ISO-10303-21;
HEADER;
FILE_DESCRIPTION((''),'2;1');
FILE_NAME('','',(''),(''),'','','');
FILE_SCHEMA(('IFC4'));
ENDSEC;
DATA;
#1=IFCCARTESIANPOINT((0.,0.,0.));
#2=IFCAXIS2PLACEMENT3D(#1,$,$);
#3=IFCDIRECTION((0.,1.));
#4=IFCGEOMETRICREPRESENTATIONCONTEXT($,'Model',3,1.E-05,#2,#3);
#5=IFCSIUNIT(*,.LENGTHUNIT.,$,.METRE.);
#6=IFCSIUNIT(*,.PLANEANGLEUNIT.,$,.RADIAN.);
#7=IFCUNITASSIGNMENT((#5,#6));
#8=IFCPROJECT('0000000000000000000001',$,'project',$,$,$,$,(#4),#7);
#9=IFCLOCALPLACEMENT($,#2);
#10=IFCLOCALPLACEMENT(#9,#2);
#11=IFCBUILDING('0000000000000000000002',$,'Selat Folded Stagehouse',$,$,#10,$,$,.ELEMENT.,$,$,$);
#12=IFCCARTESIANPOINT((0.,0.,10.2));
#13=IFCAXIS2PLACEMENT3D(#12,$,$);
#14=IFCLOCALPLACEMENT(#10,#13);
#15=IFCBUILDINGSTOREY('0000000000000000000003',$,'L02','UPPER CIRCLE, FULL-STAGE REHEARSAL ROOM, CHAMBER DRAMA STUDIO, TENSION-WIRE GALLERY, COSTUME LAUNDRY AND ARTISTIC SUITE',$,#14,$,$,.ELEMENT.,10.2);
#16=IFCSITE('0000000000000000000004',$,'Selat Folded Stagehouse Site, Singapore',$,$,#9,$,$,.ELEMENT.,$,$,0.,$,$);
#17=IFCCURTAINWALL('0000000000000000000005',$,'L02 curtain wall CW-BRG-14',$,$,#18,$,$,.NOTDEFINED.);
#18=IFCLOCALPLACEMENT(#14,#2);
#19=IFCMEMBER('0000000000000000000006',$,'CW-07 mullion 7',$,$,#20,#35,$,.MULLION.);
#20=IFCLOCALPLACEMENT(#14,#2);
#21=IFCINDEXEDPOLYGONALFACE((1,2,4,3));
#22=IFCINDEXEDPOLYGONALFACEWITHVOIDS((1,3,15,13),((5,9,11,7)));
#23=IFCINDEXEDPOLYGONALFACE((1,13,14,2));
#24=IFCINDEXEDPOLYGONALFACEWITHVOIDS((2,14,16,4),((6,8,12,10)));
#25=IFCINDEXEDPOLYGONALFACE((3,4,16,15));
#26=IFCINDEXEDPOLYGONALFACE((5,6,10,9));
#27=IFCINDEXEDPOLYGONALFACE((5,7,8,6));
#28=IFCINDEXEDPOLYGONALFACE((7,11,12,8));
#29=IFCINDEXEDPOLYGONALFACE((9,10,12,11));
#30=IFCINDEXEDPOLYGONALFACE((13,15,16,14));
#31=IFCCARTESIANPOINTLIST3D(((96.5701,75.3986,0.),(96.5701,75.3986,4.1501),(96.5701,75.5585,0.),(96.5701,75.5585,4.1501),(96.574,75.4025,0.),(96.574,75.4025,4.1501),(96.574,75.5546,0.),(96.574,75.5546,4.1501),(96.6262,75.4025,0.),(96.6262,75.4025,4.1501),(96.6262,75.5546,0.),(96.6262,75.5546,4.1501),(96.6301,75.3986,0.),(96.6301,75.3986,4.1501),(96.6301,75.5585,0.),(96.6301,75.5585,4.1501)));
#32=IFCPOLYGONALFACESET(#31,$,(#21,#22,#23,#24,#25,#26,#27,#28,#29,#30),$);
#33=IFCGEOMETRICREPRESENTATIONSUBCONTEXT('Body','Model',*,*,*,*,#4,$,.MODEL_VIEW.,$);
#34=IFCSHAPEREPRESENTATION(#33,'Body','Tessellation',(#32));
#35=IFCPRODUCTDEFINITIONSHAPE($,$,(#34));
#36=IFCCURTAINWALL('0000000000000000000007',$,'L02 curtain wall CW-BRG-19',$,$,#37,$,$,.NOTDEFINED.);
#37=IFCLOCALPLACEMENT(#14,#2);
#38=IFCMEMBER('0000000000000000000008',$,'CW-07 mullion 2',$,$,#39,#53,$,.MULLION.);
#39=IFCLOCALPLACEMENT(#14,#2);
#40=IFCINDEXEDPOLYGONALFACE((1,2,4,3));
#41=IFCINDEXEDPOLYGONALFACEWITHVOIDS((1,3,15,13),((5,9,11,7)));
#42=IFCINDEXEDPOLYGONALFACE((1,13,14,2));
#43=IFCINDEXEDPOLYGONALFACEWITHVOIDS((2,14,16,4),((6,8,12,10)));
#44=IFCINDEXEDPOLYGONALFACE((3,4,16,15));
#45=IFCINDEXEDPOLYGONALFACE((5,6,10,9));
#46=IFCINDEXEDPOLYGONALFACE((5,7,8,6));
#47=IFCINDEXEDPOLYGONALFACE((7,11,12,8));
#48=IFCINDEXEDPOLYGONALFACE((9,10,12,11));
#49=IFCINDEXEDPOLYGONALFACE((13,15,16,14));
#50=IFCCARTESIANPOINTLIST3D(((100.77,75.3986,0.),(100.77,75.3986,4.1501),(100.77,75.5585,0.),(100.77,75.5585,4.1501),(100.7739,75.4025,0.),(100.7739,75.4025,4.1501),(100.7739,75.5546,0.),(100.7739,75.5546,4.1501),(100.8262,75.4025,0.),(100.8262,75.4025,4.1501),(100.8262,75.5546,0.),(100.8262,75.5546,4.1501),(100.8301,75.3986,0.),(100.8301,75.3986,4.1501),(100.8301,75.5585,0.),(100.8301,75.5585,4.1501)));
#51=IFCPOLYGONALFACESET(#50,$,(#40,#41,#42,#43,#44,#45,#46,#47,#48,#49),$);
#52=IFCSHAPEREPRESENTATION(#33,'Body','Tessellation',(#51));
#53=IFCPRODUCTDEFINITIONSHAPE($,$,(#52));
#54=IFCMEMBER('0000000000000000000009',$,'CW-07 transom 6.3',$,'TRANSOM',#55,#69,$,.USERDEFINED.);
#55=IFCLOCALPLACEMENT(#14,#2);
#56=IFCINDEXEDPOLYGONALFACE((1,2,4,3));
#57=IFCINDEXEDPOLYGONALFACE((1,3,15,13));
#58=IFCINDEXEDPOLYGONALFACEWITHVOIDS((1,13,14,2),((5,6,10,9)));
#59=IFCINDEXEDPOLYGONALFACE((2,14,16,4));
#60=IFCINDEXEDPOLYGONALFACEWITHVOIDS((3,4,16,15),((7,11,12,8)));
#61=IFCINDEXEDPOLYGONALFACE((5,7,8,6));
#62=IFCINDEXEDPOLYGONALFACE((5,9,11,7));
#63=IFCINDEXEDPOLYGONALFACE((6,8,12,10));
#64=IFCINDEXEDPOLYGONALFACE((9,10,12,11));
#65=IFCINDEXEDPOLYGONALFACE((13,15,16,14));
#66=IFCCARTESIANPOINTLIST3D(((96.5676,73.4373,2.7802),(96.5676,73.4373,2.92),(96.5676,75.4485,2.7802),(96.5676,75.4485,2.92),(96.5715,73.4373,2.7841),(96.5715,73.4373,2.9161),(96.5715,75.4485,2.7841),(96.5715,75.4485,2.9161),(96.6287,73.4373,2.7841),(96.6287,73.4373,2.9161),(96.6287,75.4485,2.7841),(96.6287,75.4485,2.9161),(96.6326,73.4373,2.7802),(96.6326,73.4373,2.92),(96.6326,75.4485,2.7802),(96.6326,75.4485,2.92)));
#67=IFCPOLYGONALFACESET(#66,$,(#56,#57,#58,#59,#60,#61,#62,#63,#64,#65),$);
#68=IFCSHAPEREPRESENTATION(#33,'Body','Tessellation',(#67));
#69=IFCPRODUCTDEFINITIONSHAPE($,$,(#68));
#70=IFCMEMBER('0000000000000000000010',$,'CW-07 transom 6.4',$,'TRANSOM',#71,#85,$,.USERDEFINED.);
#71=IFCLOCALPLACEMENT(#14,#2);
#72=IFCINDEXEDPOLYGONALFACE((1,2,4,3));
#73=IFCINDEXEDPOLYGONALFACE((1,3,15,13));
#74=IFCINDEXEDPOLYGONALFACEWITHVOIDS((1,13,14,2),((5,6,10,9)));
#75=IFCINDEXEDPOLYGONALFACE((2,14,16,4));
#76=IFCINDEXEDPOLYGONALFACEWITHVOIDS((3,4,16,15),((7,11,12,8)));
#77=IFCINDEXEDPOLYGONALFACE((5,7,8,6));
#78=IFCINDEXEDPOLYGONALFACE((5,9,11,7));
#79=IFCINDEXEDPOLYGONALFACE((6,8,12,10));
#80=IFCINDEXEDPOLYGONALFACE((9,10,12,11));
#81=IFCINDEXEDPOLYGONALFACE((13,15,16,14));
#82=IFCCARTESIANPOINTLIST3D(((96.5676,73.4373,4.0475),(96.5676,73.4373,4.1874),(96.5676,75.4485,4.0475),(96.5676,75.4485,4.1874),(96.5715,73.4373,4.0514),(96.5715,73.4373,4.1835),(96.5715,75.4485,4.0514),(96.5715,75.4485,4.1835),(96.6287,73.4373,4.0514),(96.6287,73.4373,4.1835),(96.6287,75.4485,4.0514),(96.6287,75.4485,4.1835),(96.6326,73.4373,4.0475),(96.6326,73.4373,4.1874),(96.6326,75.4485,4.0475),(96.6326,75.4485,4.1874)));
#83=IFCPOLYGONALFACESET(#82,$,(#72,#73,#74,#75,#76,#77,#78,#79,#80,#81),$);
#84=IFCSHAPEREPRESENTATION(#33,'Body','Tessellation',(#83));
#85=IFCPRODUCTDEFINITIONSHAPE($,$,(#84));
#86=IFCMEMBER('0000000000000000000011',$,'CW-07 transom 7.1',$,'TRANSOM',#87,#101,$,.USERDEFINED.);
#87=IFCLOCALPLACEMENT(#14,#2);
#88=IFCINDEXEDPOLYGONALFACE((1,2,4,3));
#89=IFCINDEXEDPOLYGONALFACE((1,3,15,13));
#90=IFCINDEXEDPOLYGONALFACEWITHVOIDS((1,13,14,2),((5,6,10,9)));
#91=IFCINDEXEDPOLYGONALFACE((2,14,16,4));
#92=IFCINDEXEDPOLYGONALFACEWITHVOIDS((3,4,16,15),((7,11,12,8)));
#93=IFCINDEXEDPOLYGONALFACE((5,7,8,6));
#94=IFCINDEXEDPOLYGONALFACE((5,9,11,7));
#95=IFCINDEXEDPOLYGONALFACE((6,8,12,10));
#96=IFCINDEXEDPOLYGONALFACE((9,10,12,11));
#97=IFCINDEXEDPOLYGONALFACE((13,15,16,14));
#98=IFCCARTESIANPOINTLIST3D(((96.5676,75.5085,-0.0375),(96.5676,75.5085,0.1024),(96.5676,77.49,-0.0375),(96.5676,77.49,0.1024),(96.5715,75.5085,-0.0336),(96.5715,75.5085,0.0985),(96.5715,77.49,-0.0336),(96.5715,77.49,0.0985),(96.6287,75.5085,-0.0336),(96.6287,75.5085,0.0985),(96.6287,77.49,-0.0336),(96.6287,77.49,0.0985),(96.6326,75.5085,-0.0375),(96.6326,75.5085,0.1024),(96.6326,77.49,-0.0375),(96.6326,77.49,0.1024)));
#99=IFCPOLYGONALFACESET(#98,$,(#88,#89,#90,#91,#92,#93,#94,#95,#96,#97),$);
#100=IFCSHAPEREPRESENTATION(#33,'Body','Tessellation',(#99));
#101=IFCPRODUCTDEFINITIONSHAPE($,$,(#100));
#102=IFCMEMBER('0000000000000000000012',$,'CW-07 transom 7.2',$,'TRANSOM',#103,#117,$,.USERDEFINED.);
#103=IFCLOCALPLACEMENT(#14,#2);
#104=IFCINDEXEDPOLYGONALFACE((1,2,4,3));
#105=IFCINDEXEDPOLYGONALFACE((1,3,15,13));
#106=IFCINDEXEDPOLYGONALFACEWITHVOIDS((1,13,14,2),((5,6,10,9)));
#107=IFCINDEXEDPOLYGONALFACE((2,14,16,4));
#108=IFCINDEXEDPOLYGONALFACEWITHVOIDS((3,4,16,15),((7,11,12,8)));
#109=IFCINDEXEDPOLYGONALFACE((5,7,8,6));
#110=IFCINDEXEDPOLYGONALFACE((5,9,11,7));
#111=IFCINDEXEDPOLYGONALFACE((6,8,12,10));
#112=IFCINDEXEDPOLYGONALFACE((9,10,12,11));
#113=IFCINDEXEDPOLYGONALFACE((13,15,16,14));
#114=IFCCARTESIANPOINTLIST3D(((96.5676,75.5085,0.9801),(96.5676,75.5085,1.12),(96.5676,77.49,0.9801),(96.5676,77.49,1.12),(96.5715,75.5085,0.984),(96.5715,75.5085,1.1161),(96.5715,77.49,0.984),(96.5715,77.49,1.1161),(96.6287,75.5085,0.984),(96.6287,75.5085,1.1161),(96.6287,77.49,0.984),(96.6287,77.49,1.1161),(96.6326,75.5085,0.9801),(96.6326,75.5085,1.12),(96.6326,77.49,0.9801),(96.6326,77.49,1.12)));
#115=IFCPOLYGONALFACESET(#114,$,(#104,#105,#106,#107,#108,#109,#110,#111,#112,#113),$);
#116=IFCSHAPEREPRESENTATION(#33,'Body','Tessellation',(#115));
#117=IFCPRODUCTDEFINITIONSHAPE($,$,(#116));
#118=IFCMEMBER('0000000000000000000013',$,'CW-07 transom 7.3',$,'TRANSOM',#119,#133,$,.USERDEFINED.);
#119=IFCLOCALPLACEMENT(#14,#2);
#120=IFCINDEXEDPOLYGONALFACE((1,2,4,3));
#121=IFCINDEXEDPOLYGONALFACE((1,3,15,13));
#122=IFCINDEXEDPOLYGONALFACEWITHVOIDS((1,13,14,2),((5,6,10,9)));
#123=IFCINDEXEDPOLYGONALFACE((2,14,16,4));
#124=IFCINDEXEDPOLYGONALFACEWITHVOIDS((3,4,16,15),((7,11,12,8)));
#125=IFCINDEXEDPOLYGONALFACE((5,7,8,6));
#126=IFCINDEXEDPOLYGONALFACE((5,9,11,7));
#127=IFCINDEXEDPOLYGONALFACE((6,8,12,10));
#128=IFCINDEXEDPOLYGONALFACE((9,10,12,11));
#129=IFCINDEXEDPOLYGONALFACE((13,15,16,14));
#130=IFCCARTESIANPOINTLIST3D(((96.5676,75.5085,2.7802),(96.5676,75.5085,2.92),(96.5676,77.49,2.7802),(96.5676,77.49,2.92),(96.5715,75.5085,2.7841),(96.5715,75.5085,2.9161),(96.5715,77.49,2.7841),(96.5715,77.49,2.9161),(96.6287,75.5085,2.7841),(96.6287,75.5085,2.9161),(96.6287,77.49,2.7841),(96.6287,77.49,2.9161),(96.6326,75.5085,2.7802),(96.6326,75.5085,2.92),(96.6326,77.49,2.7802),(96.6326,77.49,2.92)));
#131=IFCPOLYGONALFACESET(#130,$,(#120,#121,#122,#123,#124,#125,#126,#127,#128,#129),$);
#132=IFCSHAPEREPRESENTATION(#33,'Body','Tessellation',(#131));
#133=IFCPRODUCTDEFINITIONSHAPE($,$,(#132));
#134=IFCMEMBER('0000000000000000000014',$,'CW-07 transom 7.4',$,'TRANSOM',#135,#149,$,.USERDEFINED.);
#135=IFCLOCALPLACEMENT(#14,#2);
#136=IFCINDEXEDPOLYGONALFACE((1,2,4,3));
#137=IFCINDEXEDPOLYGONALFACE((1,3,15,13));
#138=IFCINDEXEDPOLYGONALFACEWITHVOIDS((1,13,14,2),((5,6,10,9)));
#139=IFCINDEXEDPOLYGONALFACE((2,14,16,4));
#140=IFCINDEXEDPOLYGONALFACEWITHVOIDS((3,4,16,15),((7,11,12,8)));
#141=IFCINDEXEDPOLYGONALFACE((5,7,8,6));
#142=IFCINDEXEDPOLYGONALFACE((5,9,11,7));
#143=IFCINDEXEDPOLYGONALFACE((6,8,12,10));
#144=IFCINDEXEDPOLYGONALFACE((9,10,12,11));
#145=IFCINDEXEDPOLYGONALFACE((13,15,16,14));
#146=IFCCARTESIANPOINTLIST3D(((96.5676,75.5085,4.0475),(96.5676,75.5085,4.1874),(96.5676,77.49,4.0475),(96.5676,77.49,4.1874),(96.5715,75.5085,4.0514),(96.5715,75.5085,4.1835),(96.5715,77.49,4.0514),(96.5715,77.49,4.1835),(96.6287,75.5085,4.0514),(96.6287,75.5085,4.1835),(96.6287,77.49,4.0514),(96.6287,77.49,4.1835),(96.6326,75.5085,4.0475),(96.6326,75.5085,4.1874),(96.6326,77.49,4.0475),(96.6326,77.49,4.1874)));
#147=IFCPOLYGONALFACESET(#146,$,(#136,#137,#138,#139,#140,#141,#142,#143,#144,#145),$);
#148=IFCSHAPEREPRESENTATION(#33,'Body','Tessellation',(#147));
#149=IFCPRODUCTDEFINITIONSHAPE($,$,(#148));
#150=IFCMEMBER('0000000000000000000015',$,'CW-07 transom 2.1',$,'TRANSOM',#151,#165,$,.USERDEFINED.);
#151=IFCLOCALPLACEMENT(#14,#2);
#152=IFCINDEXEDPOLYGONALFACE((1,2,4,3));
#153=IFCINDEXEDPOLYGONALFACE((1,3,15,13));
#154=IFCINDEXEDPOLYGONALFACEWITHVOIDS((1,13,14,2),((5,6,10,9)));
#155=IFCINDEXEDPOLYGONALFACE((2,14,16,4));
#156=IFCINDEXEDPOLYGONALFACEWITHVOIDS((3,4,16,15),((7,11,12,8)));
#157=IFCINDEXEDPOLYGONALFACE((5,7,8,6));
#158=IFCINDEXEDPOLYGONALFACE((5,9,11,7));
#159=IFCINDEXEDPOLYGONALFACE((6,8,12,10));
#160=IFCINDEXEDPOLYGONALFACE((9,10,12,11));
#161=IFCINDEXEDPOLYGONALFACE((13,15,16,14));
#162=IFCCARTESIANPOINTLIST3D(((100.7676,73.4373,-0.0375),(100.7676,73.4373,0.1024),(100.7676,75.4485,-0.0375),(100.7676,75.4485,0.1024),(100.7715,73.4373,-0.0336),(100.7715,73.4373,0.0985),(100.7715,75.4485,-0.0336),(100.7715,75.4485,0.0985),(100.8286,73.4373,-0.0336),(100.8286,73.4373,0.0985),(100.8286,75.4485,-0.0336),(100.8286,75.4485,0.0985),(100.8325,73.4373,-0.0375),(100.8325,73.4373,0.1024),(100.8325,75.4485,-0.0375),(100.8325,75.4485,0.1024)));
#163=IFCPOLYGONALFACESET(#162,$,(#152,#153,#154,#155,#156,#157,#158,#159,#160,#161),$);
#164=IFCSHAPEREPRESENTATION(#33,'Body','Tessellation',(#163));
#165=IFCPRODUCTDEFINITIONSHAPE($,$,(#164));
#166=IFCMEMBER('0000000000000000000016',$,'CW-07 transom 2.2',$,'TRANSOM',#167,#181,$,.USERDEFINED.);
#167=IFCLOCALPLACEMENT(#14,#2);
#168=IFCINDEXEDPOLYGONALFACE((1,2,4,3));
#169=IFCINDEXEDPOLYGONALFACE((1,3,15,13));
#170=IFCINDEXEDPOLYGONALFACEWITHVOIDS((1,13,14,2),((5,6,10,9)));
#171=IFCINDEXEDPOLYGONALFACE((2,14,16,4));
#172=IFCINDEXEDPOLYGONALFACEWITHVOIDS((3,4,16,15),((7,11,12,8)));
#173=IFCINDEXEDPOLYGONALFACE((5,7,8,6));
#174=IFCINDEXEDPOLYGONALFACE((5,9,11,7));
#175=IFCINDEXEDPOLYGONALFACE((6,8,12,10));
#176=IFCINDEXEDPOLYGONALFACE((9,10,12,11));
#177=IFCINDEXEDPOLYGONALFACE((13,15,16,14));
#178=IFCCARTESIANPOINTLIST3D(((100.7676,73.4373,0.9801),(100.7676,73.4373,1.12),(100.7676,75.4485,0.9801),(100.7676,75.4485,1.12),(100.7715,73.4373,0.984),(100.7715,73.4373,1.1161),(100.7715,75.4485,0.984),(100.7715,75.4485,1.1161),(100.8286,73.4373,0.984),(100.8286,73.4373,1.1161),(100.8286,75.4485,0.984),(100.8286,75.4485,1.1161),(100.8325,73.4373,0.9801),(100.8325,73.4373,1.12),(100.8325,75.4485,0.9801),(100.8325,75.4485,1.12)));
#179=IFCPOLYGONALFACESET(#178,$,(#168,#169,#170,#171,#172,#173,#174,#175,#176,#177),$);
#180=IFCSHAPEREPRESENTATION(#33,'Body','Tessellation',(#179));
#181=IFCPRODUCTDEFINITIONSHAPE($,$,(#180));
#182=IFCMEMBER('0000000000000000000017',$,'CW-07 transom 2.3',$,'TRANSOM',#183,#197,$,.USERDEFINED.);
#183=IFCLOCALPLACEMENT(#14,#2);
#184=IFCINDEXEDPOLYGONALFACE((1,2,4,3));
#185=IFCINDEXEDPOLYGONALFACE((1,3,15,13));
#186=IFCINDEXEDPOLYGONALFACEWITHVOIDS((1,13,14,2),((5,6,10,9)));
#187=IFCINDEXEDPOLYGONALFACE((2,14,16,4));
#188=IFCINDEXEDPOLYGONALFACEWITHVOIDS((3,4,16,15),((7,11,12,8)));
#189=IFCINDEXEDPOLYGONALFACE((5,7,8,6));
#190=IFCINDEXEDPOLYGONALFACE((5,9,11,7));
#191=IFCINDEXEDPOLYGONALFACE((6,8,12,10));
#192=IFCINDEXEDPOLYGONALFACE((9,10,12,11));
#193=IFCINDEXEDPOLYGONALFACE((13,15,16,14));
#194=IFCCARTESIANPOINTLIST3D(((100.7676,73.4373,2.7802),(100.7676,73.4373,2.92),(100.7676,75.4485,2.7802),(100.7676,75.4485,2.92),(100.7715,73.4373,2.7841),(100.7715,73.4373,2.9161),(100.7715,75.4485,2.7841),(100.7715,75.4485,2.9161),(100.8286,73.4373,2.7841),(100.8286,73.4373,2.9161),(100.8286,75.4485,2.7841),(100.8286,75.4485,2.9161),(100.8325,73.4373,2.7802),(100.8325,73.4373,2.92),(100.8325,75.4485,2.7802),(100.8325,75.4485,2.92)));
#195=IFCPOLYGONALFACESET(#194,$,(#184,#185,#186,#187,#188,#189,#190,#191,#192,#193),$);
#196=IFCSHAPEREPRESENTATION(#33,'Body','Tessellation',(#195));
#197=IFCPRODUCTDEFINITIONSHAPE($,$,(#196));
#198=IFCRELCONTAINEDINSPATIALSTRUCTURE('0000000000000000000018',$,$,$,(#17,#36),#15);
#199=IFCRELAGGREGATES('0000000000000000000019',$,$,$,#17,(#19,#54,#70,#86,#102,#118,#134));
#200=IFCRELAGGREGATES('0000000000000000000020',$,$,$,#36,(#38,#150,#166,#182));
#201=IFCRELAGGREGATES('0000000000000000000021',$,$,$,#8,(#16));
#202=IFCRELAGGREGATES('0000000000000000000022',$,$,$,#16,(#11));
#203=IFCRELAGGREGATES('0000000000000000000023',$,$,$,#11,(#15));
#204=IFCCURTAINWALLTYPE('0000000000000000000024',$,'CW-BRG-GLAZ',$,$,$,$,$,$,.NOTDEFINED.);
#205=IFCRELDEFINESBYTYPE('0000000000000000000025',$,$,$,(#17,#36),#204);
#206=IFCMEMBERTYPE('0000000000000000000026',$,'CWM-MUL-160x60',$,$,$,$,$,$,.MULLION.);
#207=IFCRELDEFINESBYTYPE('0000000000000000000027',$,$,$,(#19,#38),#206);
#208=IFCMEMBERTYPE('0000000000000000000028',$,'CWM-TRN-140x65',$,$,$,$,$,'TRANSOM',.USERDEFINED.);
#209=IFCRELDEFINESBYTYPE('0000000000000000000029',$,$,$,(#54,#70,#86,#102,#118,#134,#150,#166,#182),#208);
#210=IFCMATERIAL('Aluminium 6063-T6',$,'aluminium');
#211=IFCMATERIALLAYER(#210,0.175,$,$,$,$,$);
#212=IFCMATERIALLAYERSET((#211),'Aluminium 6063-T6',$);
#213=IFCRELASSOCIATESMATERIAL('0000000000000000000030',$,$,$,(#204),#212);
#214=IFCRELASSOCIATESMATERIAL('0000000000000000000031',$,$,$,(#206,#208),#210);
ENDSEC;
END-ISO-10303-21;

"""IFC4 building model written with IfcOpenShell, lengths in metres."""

from ifc_helpers import new_model, si_unit, direction, frame, origin, origin_2d, place, context, subcontext, project, spatial, hollow_rectangle, extrude, material, layer, layer_set, material_profile, profile_set, type_object, element, aggregate, save


model = new_model("IFC4")

# Units and contexts
model_context = context("Model", 3, precision=1e-05, world=origin(), true_north=direction((0.0, 1.0)))
body_context = subcontext(model_context, "Body", "Model", "MODEL_VIEW")
ifc_project = project(units=[si_unit("LENGTHUNIT", "METRE"), si_unit("PLANEANGLEUNIT", "RADIAN")], contexts=[model_context])

# Site, building, storey
site_placement = place(None, origin())
site = spatial("IfcSite", under=ifc_project, at=site_placement, Name="Selat Folded Stagehouse Site, Singapore", CompositionType="ELEMENT", RefElevation=0.0)
building_placement = place(site_placement, origin())
building = spatial("IfcBuilding", under=site, at=building_placement, Name="Selat Folded Stagehouse", CompositionType="ELEMENT")
storey_placement = place(building_placement, frame((0.0, 0.0, 10.2)))
storey = spatial("IfcBuildingStorey", under=building, at=storey_placement, Name="L02", Description="UPPER CIRCLE, FULL-STAGE REHEARSAL ROOM, CHAMBER DRAMA STUDIO, TENSION-WIRE GALLERY, COSTUME LAUNDRY AND ARTISTIC SUITE", CompositionType="ELEMENT", Elevation=10.2)

# Curtain walls, members
ifc_material_1 = material(Name="Aluminium 6063-T6", Category="aluminium")
ifc_layer_1 = layer(ifc_material_1, 0.175)
ifc_layer_set_1 = layer_set([ifc_layer_1], Name="Aluminium 6063-T6")
curtain_wall_type = type_object("IfcCurtainWallType", Name="CW-BRG-GLAZ", PredefinedType="NOTDEFINED", material=ifc_layer_set_1)
curtain_wall_1_placement = place(storey_placement, origin())
curtain_wall_1 = element("IfcCurtainWall", 1, at=curtain_wall_1_placement, inside=storey, type_object=curtain_wall_type, Name="L02 curtain wall CW-BRG-14", PredefinedType="NOTDEFINED")
ifc_material_profile_1 = material_profile(ifc_material_1, hollow_rectangle(XDim=0.0601, YDim=0.1599, WallThickness=0.0039, at=origin_2d()), Name="ALU 160x60x4.0")
ifc_profile_set_1 = profile_set([ifc_material_profile_1], Name="Aluminium 6063-T6")
member_type_1 = type_object("IfcMemberType", Name="CWM-MUL-160x60", PredefinedType="MULLION", material=ifc_profile_set_1)
member_1_placement = place(storey_placement, frame((96.6001, 75.4785, 0.0), z_axis=(0.0, 0.0, 1.0), x_axis=(-1.0, 0.0, 0.0)))
member_1 = element("IfcMember", 2, at=member_1_placement, type_object=member_type_1, Name="CW-07 mullion 7", PredefinedType="MULLION", context=body_context, shape_type="SweptSolid", body=[
    extrude(hollow_rectangle(XDim=0.0601, YDim=0.1599, WallThickness=0.0039, at=origin_2d()), origin(), (0.0, 0.0, 1.0), 4.1501),
])
curtain_wall_2_placement = place(storey_placement, origin())
curtain_wall_2 = element("IfcCurtainWall", 3, at=curtain_wall_2_placement, inside=storey, type_object=curtain_wall_type, Name="L02 curtain wall CW-BRG-19", PredefinedType="NOTDEFINED")
member_2_placement = place(storey_placement, frame((100.8, 75.4785, 0.0), z_axis=(0.0, 0.0, 1.0), x_axis=(1.0, 0.0, 0.0)))
member_2 = element("IfcMember", 4, at=member_2_placement, type_object=member_type_1, Name="CW-07 mullion 2", PredefinedType="MULLION", context=body_context, shape_type="SweptSolid", body=[
    extrude(hollow_rectangle(XDim=0.0601, YDim=0.1599, WallThickness=0.0039, at=origin_2d()), origin(), (0.0, 0.0, 1.0), 4.1501),
])

# Members
ifc_material_profile_2 = material_profile(ifc_material_1, hollow_rectangle(XDim=0.0649, YDim=0.1399, WallThickness=0.0039, at=origin_2d()), Name="ALU 140x65x4.0")
ifc_profile_set_2 = profile_set([ifc_material_profile_2], Name="Aluminium 6063-T6")
member_type_2 = type_object("IfcMemberType", Name="CWM-TRN-140x65", ElementType="TRANSOM", PredefinedType="USERDEFINED", material=ifc_profile_set_2)
member_3_placement = place(storey_placement, frame((96.6001, 73.4373, 2.8501), z_axis=(0.0, 1.0, 0.0), x_axis=(-1.0, 0.0, 0.0)))
member_3 = element("IfcMember", 5, at=member_3_placement, type_object=member_type_2, Name="CW-07 transom 6.3", ObjectType="TRANSOM", PredefinedType="USERDEFINED", context=body_context, shape_type="SweptSolid", body=[
    extrude(hollow_rectangle(XDim=0.0649, YDim=0.1399, WallThickness=0.0039, at=origin_2d()), origin(), (0.0, 0.0, 1.0), 2.0112),
])
member_4_placement = place(storey_placement, frame((96.6001, 73.4373, 4.1174), z_axis=(0.0, 1.0, 0.0), x_axis=(-1.0, 0.0, 0.0)))
member_4 = element("IfcMember", 6, at=member_4_placement, type_object=member_type_2, Name="CW-07 transom 6.4", ObjectType="TRANSOM", PredefinedType="USERDEFINED", context=body_context, shape_type="SweptSolid", body=[
    extrude(hollow_rectangle(XDim=0.0649, YDim=0.1399, WallThickness=0.0039, at=origin_2d()), origin(), (0.0, 0.0, 1.0), 2.0112),
])
member_5_placement = place(storey_placement, frame((96.6001, 75.5085, 0.0325), z_axis=(0.0, 1.0, 0.0), x_axis=(-1.0, 0.0, 0.0)))
member_5 = element("IfcMember", 7, at=member_5_placement, type_object=member_type_2, Name="CW-07 transom 7.1", ObjectType="TRANSOM", PredefinedType="USERDEFINED", context=body_context, shape_type="SweptSolid", body=[
    extrude(hollow_rectangle(XDim=0.0649, YDim=0.1399, WallThickness=0.0039, at=origin_2d()), origin(), (0.0, 0.0, 1.0), 1.9814),
])
member_6_placement = place(storey_placement, frame((96.6001, 75.5085, 1.05), z_axis=(0.0, 1.0, 0.0), x_axis=(-1.0, 0.0, 0.0)))
member_6 = element("IfcMember", 8, at=member_6_placement, type_object=member_type_2, Name="CW-07 transom 7.2", ObjectType="TRANSOM", PredefinedType="USERDEFINED", context=body_context, shape_type="SweptSolid", body=[
    extrude(hollow_rectangle(XDim=0.0649, YDim=0.1399, WallThickness=0.0039, at=origin_2d()), origin(), (0.0, 0.0, 1.0), 1.9814),
])
member_7_placement = place(storey_placement, frame((96.6001, 75.5085, 2.8501), z_axis=(0.0, 1.0, 0.0), x_axis=(-1.0, 0.0, 0.0)))
member_7 = element("IfcMember", 9, at=member_7_placement, type_object=member_type_2, Name="CW-07 transom 7.3", ObjectType="TRANSOM", PredefinedType="USERDEFINED", context=body_context, shape_type="SweptSolid", body=[
    extrude(hollow_rectangle(XDim=0.0649, YDim=0.1399, WallThickness=0.0039, at=origin_2d()), origin(), (0.0, 0.0, 1.0), 1.9814),
])
member_8_placement = place(storey_placement, frame((96.6001, 75.5085, 4.1174), z_axis=(0.0, 1.0, 0.0), x_axis=(-1.0, 0.0, 0.0)))
member_8 = element("IfcMember", 10, at=member_8_placement, type_object=member_type_2, Name="CW-07 transom 7.4", ObjectType="TRANSOM", PredefinedType="USERDEFINED", context=body_context, shape_type="SweptSolid", body=[
    extrude(hollow_rectangle(XDim=0.0649, YDim=0.1399, WallThickness=0.0039, at=origin_2d()), origin(), (0.0, 0.0, 1.0), 1.9814),
])
member_9_placement = place(storey_placement, frame((100.8, 75.4485, 0.0325), z_axis=(0.0, -1.0, 0.0), x_axis=(1.0, 0.0, 0.0)))
member_9 = element("IfcMember", 11, at=member_9_placement, type_object=member_type_2, Name="CW-07 transom 2.1", ObjectType="TRANSOM", PredefinedType="USERDEFINED", context=body_context, shape_type="SweptSolid", body=[
    extrude(hollow_rectangle(XDim=0.0649, YDim=0.1399, WallThickness=0.0039, at=origin_2d()), origin(), (0.0, 0.0, 1.0), 2.0112),
])
member_10_placement = place(storey_placement, frame((100.8, 75.4485, 1.05), z_axis=(0.0, -1.0, 0.0), x_axis=(1.0, 0.0, 0.0)))
member_10 = element("IfcMember", 12, at=member_10_placement, type_object=member_type_2, Name="CW-07 transom 2.2", ObjectType="TRANSOM", PredefinedType="USERDEFINED", context=body_context, shape_type="SweptSolid", body=[
    extrude(hollow_rectangle(XDim=0.0649, YDim=0.1399, WallThickness=0.0039, at=origin_2d()), origin(), (0.0, 0.0, 1.0), 2.0112),
])
member_11_placement = place(storey_placement, frame((100.8, 75.4485, 2.8501), z_axis=(0.0, -1.0, 0.0), x_axis=(1.0, 0.0, 0.0)))
member_11 = element("IfcMember", 13, at=member_11_placement, type_object=member_type_2, Name="CW-07 transom 2.3", ObjectType="TRANSOM", PredefinedType="USERDEFINED", context=body_context, shape_type="SweptSolid", body=[
    extrude(hollow_rectangle(XDim=0.0649, YDim=0.1399, WallThickness=0.0039, at=origin_2d()), origin(), (0.0, 0.0, 1.0), 2.0112),
])

aggregate(curtain_wall_1, [member_1, member_3, member_4, member_5, member_6, member_7, member_8])
aggregate(curtain_wall_2, [member_2, member_9, member_10, member_11])

save(model, "model.ifc")
